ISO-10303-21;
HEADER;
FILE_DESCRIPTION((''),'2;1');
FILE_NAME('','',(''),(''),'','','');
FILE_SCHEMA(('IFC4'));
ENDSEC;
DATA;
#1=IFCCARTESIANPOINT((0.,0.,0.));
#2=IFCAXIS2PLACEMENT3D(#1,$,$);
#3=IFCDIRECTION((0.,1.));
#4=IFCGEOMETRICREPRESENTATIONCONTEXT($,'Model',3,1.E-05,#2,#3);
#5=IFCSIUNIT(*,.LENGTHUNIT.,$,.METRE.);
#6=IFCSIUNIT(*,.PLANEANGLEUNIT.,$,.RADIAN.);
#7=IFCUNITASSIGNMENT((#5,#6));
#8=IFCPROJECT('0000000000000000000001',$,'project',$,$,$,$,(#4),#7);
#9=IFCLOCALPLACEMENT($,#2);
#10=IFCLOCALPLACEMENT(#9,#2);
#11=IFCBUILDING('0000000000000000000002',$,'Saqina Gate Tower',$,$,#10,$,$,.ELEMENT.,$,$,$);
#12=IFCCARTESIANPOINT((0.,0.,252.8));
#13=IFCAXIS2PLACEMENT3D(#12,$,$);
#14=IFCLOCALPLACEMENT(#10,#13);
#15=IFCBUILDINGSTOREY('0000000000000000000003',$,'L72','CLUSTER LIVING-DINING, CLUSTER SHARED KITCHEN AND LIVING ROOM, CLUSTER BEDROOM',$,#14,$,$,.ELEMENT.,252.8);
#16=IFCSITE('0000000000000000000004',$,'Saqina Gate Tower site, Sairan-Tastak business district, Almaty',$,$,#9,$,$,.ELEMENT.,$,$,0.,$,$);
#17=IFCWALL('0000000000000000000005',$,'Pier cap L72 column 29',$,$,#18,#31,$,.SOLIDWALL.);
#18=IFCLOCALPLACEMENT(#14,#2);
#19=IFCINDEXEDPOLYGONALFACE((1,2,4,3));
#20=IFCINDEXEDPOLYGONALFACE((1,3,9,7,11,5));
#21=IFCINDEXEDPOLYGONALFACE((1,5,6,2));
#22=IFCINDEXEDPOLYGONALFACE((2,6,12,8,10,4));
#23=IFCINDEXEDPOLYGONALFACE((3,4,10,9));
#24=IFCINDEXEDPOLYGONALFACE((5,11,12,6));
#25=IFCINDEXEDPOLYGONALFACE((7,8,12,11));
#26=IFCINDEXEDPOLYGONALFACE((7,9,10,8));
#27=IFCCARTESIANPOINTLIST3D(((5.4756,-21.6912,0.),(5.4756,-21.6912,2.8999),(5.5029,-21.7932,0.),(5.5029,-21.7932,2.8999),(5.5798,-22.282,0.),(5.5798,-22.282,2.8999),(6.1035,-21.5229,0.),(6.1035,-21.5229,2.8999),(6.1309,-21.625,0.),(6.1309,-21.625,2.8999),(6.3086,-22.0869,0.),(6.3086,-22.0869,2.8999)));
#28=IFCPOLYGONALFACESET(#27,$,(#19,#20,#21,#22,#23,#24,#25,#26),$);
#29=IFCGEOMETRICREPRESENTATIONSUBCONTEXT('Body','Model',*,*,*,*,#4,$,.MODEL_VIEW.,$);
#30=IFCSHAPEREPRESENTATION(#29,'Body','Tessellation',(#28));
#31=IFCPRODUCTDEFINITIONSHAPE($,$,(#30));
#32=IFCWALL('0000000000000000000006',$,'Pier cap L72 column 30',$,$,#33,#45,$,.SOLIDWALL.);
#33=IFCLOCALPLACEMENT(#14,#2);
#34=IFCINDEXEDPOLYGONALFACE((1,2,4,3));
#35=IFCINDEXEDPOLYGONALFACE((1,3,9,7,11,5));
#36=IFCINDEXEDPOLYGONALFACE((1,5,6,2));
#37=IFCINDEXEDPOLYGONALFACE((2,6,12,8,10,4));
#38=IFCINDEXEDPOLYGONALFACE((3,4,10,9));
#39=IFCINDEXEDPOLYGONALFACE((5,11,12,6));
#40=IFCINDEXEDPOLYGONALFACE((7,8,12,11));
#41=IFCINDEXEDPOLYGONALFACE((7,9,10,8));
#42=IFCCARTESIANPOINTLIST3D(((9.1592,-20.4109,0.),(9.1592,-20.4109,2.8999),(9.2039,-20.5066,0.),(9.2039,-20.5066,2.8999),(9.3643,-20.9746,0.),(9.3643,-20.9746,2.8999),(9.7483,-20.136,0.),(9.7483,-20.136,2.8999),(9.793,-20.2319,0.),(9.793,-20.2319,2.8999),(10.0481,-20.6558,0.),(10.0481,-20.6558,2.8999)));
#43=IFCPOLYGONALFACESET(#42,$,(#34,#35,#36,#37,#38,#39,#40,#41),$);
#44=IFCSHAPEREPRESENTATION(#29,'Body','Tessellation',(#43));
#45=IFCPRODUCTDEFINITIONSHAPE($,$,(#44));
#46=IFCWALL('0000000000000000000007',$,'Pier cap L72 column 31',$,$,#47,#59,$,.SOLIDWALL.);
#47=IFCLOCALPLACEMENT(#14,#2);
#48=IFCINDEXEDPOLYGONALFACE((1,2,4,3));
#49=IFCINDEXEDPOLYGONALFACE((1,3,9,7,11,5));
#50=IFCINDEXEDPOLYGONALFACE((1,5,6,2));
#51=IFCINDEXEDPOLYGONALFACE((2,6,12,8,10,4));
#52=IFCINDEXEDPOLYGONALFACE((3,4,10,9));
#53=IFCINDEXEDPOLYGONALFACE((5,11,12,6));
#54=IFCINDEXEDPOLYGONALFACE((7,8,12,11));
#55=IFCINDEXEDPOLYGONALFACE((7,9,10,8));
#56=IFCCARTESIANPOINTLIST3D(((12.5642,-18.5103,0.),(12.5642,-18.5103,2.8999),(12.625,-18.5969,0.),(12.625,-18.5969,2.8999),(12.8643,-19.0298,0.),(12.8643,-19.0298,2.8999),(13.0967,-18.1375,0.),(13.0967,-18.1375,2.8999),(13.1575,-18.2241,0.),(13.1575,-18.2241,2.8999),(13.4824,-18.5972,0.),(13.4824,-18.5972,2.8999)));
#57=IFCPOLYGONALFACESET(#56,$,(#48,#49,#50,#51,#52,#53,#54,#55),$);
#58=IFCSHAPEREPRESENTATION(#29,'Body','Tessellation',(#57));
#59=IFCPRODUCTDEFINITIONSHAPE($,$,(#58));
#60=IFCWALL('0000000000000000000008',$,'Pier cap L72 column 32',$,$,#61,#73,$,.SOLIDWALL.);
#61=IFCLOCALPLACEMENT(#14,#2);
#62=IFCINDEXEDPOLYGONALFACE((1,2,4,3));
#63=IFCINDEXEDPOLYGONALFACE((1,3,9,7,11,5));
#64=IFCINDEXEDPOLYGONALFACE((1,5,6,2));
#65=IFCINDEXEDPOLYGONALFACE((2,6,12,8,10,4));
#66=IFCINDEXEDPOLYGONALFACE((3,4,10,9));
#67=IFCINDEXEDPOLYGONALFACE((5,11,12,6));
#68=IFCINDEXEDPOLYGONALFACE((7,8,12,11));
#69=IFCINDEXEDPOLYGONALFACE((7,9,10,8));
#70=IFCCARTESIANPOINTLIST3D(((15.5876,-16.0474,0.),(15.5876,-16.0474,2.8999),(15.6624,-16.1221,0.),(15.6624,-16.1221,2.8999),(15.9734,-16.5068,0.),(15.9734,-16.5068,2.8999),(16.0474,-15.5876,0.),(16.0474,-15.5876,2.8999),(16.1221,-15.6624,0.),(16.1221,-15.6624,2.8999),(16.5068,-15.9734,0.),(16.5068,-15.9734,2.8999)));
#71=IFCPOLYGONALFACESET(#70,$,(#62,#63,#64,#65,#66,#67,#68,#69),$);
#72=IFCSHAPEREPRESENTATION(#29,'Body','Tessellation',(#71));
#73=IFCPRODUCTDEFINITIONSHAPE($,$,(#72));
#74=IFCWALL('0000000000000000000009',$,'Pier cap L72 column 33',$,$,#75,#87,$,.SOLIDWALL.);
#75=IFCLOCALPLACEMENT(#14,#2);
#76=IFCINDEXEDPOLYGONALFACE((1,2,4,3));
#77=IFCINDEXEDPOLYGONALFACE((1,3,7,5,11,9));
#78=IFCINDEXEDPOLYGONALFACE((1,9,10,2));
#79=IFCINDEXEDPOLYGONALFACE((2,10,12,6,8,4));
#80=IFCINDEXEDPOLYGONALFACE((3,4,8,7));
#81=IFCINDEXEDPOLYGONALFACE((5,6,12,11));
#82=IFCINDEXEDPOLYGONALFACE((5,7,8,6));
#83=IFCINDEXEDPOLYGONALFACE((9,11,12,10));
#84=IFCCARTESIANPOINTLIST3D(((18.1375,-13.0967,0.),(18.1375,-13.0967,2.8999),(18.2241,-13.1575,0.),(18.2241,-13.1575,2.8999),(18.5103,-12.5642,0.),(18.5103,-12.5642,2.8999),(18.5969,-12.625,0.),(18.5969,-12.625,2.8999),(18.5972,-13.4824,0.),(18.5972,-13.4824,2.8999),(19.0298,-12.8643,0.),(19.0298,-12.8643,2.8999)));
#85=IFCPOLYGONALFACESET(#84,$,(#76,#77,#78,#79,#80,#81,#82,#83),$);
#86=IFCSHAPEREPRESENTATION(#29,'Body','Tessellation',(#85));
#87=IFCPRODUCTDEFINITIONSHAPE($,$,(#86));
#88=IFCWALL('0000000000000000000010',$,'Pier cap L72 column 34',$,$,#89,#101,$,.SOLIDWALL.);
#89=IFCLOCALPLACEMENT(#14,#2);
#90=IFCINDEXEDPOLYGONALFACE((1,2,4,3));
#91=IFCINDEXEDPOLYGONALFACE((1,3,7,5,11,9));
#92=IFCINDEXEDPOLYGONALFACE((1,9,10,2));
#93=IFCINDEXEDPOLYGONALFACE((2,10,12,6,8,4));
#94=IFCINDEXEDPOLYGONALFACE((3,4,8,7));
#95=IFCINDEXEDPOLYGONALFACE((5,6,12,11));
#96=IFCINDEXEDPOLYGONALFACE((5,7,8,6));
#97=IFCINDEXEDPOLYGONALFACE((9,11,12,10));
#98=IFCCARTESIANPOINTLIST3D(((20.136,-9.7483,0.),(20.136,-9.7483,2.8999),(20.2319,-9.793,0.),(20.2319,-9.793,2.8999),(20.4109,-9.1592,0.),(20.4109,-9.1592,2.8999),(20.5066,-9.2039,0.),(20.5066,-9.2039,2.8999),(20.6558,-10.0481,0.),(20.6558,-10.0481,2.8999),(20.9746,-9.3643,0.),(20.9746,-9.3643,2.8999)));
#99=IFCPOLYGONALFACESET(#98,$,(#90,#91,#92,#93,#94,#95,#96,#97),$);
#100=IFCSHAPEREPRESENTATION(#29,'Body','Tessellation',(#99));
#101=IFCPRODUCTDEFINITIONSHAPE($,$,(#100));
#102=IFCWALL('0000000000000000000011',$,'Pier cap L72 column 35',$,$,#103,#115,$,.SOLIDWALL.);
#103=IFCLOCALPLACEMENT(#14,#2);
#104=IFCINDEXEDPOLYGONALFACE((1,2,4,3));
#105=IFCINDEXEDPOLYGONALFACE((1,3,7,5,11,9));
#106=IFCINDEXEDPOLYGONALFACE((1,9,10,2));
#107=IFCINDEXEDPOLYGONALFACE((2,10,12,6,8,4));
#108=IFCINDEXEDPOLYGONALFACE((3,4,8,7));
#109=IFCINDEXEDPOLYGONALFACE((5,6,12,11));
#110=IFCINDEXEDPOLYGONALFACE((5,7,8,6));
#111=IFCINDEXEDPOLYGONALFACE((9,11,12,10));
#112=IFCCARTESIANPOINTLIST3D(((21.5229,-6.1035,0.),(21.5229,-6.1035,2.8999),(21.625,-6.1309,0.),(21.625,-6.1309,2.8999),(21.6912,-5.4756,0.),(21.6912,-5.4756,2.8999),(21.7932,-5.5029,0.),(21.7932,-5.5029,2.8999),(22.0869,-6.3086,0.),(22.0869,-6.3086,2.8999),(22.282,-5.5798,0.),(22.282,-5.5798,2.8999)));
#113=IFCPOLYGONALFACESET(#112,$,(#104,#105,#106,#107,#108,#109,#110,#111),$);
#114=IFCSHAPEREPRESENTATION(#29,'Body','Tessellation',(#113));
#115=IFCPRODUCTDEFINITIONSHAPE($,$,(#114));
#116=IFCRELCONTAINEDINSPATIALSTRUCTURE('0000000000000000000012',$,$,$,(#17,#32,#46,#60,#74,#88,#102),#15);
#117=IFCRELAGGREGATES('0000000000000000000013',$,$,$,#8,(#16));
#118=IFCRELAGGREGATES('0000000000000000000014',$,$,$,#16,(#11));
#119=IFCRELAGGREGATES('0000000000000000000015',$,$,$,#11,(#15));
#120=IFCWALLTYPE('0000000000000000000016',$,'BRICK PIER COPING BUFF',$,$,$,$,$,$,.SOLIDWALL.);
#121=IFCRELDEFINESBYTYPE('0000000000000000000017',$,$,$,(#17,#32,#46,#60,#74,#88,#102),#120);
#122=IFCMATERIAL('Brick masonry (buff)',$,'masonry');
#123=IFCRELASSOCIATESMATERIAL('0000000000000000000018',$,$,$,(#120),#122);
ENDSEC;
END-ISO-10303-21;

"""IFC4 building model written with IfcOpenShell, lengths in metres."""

from ifc_helpers import new_model, si_unit, direction, frame, origin, place, context, subcontext, project, spatial, polyline, outline, extrude, material, type_object, element, save


model = new_model("IFC4")

# Units and contexts
model_context = context("Model", 3, precision=1e-05, world=origin(), true_north=direction((0.0, 1.0)))
body_context = subcontext(model_context, "Body", "Model", "MODEL_VIEW")
ifc_project = project(units=[si_unit("LENGTHUNIT", "METRE"), si_unit("PLANEANGLEUNIT", "RADIAN")], contexts=[model_context])

# Site, building, storey
site_placement = place(None, origin())
site = spatial("IfcSite", under=ifc_project, at=site_placement, Name="Saqina Gate Tower site, Sairan-Tastak business district, Almaty", CompositionType="ELEMENT", RefElevation=0.0)
building_placement = place(site_placement, origin())
building = spatial("IfcBuilding", under=site, at=building_placement, Name="Saqina Gate Tower", CompositionType="ELEMENT")
storey_placement = place(building_placement, frame((0.0, 0.0, 252.8)))
storey = spatial("IfcBuildingStorey", under=building, at=storey_placement, Name="L72", Description="CLUSTER LIVING-DINING, CLUSTER SHARED KITCHEN AND LIVING ROOM, CLUSTER BEDROOM", CompositionType="ELEMENT", Elevation=252.8)

# Walls
ifc_material = material(Name="Brick masonry (buff)", Category="masonry")
wall_type = type_object("IfcWallType", Name="BRICK PIER COPING BUFF", PredefinedType="SOLIDWALL", material=ifc_material)
wall_1_placement = place(storey_placement, origin())
element("IfcWall", 1, at=wall_1_placement, inside=storey, type_object=wall_type, Name="Pier cap L72 column 29", PredefinedType="SOLIDWALL", context=body_context, shape_type="SweptSolid", body=[
    extrude(outline(polyline([(6.3086, -22.0869), (6.1035, -21.5229), (6.1309, -21.625), (5.5029, -21.7932), (5.4756, -21.6912), (5.5798, -22.282), (6.3086, -22.0869)])), origin(), (0.0, 0.0, 1.0), 2.8999),
])
wall_2_placement = place(storey_placement, origin())
element("IfcWall", 2, at=wall_2_placement, inside=storey, type_object=wall_type, Name="Pier cap L72 column 30", PredefinedType="SOLIDWALL", context=body_context, shape_type="SweptSolid", body=[
    extrude(outline(polyline([(9.3643, -20.9746), (10.0481, -20.6558), (9.7483, -20.136), (9.793, -20.2319), (9.2039, -20.5066), (9.1592, -20.4109), (9.3643, -20.9746)])), origin(), (0.0, 0.0, 1.0), 2.8999),
])
wall_3_placement = place(storey_placement, origin())
element("IfcWall", 3, at=wall_3_placement, inside=storey, type_object=wall_type, Name="Pier cap L72 column 31", PredefinedType="SOLIDWALL", context=body_context, shape_type="SweptSolid", body=[
    extrude(outline(polyline([(12.8643, -19.0298), (13.4824, -18.5972), (13.0967, -18.1375), (13.1575, -18.2241), (12.625, -18.5969), (12.5642, -18.5103), (12.8643, -19.0298)])), origin(), (0.0, 0.0, 1.0), 2.8999),
])
wall_4_placement = place(storey_placement, origin())
element("IfcWall", 4, at=wall_4_placement, inside=storey, type_object=wall_type, Name="Pier cap L72 column 32", PredefinedType="SOLIDWALL", context=body_context, shape_type="SweptSolid", body=[
    extrude(outline(polyline([(16.5068, -15.9734), (16.0474, -15.5876), (16.1221, -15.6624), (15.6624, -16.1221), (15.5876, -16.0474), (15.9734, -16.5068), (16.5068, -15.9734)])), origin(), (0.0, 0.0, 1.0), 2.8999),
])
wall_5_placement = place(storey_placement, origin())
element("IfcWall", 5, at=wall_5_placement, inside=storey, type_object=wall_type, Name="Pier cap L72 column 33", PredefinedType="SOLIDWALL", context=body_context, shape_type="SweptSolid", body=[
    extrude(outline(polyline([(19.0298, -12.8643), (18.5103, -12.5642), (18.5969, -12.625), (18.2241, -13.1575), (18.1375, -13.0967), (18.5972, -13.4824), (19.0298, -12.8643)])), origin(), (0.0, 0.0, 1.0), 2.8999),
])
wall_6_placement = place(storey_placement, origin())
element("IfcWall", 6, at=wall_6_placement, inside=storey, type_object=wall_type, Name="Pier cap L72 column 34", PredefinedType="SOLIDWALL", context=body_context, shape_type="SweptSolid", body=[
    extrude(outline(polyline([(20.6558, -10.0481), (20.9746, -9.3643), (20.4109, -9.1592), (20.5066, -9.2039), (20.2319, -9.793), (20.136, -9.7483), (20.6558, -10.0481)])), origin(), (0.0, 0.0, 1.0), 2.8999),
])
wall_7_placement = place(storey_placement, origin())
element("IfcWall", 7, at=wall_7_placement, inside=storey, type_object=wall_type, Name="Pier cap L72 column 35", PredefinedType="SOLIDWALL", context=body_context, shape_type="SweptSolid", body=[
    extrude(outline(polyline([(22.282, -5.5798), (21.6912, -5.4756), (21.7932, -5.5029), (21.625, -6.1309), (21.5229, -6.1035), (22.0869, -6.3086), (22.282, -5.5798)])), origin(), (0.0, 0.0, 1.0), 2.8999),
])

save(model, "model.ifc")
